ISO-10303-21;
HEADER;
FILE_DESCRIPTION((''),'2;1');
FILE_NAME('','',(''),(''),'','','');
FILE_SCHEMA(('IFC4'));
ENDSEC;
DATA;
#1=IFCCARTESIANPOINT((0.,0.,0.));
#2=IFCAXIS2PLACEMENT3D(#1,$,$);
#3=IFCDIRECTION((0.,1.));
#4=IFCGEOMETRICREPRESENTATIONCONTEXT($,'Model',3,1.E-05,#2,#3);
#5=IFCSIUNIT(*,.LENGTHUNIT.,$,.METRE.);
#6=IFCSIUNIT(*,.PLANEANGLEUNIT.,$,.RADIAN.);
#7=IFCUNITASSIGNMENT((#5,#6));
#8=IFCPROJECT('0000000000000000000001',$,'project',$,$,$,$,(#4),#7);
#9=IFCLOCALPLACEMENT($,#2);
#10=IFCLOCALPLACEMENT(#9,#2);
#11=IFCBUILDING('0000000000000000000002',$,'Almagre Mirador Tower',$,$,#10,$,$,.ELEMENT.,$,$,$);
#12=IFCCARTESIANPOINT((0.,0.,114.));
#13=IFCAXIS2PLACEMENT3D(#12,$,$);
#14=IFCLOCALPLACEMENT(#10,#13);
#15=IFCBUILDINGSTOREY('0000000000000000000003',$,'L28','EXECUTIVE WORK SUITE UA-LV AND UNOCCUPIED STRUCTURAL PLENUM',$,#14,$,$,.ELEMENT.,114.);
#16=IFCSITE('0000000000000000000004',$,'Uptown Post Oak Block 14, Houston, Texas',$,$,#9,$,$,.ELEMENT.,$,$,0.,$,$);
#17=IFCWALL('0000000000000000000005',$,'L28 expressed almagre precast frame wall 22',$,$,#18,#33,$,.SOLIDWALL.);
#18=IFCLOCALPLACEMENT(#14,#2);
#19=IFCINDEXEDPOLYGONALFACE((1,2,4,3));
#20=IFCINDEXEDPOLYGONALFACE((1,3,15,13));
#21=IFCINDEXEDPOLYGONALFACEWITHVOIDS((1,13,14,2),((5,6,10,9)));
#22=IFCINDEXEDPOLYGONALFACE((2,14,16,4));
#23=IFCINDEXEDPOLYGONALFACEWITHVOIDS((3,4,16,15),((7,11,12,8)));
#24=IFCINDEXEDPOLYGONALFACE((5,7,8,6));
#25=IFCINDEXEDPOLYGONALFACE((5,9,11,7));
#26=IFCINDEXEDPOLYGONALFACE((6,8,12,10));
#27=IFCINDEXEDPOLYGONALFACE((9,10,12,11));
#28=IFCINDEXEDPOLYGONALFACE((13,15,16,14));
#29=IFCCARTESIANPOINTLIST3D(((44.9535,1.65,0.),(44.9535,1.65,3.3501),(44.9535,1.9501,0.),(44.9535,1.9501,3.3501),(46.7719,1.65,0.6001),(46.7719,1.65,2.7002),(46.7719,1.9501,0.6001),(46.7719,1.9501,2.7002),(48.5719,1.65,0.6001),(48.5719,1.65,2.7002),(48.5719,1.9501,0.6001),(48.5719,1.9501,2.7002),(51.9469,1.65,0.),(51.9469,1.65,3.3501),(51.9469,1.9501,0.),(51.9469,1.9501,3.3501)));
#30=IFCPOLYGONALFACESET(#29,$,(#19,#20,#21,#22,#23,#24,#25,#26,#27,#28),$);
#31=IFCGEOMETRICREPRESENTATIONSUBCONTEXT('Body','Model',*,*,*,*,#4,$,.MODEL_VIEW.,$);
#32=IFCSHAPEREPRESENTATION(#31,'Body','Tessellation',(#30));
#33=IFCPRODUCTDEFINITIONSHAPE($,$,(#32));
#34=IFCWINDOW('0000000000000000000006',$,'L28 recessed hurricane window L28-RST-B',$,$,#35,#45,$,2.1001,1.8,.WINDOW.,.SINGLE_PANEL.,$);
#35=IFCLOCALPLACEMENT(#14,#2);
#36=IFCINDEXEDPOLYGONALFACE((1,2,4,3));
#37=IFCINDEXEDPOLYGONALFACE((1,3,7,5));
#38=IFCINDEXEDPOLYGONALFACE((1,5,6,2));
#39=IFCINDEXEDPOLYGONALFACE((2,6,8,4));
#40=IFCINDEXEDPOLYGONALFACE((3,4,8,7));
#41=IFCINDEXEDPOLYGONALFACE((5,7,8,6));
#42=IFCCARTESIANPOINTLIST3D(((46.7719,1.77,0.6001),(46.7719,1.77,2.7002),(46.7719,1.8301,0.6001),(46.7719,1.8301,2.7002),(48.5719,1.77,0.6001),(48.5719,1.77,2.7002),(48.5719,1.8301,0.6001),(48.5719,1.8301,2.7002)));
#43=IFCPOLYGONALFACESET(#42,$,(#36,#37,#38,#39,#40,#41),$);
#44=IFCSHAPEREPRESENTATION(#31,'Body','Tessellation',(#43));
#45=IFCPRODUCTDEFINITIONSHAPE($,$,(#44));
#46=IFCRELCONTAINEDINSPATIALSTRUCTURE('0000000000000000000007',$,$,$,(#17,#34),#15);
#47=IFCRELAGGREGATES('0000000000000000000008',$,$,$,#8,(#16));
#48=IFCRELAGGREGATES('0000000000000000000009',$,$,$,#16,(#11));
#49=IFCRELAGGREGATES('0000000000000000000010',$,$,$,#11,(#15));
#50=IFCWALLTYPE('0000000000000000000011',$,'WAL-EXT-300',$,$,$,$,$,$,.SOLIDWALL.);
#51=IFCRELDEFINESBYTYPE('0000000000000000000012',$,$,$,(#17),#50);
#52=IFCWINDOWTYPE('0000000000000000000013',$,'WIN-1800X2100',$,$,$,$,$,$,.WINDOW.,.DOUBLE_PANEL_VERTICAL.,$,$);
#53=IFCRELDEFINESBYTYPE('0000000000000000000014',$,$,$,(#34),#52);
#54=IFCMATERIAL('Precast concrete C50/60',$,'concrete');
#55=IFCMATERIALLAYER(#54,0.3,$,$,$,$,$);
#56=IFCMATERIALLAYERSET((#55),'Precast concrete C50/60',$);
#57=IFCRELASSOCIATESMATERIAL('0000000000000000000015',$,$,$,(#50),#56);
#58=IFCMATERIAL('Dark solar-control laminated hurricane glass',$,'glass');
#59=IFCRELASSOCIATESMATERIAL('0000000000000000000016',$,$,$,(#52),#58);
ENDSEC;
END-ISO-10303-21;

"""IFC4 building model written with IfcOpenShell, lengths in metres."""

from ifc_helpers import new_model, si_unit, direction, frame, frame_2d, origin, place, context, subcontext, project, spatial, rectangle, extrude, material, layer, layer_set, type_object, element, fill, save


model = new_model("IFC4")

# Units and contexts
model_context = context("Model", 3, precision=1e-05, world=origin(), true_north=direction((0.0, 1.0)))
body_context = subcontext(model_context, "Body", "Model", "MODEL_VIEW")
ifc_project = project(units=[si_unit("LENGTHUNIT", "METRE"), si_unit("PLANEANGLEUNIT", "RADIAN")], contexts=[model_context])

# Site, building, storey
site_placement = place(None, origin())
site = spatial("IfcSite", under=ifc_project, at=site_placement, Name="Uptown Post Oak Block 14, Houston, Texas", CompositionType="ELEMENT", RefElevation=0.0)
building_placement = place(site_placement, origin())
building = spatial("IfcBuilding", under=site, at=building_placement, Name="Almagre Mirador Tower", CompositionType="ELEMENT")
storey_placement = place(building_placement, frame((0.0, 0.0, 114.0)))
storey = spatial("IfcBuildingStorey", under=building, at=storey_placement, Name="L28", Description="EXECUTIVE WORK SUITE UA-LV AND UNOCCUPIED STRUCTURAL PLENUM", CompositionType="ELEMENT", Elevation=114.0)

# Shared definitions
ifc_material_1 = material(Name="Precast concrete C50/60", Category="concrete")
ifc_layer = layer(ifc_material_1, 0.3)
ifc_layer_set = layer_set([ifc_layer], Name="Precast concrete C50/60")
wall_type = type_object("IfcWallType", Name="WAL-EXT-300", PredefinedType="SOLIDWALL", material=ifc_layer_set)
ifc_material_2 = material(Name="Dark solar-control laminated hurricane glass", Category="glass")
window_type_1 = type_object("IfcWindowType", Name="WIN-1800X2100", PartitioningType="DOUBLE_PANEL_VERTICAL", PredefinedType="WINDOW", material=ifc_material_2)

# Wall, opening, window
wall_1_placement = place(storey_placement, frame((51.9468, 1.8, 0.0), z_axis=(0.0, 0.0, 1.0), x_axis=(-1.0, 0.0, 0.0)))
wall_1 = element("IfcWall", 1, at=wall_1_placement, inside=storey, type_object=wall_type, Name="L28 expressed almagre precast frame wall 22", PredefinedType="SOLIDWALL", context=body_context, shape_type="SweptSolid", body=[
    extrude(rectangle(XDim=6.9934, YDim=0.3, at=frame_2d((3.4966, 0.0))), origin(), (0.0, 0.0, 1.0), 3.3501),
])
opening_1_placement = place(wall_1_placement, frame((3.375, 0.0, 0.6001)))
opening_1 = element("IfcOpeningElement", 2, at=opening_1_placement, cuts=wall_1, PredefinedType="OPENING", context=body_context, shape_type="SweptSolid", body=[
    extrude(rectangle(XDim=1.8, YDim=2.1001, at=frame_2d((0.8999, 1.05))), frame((0.0, 0.1599, 0.0), z_axis=(0.0, -1.0, 0.0), x_axis=(1.0, 0.0, 0.0)), (0.0, 0.0, 1.0), 0.32),
])
window_1_placement = place(opening_1_placement, origin())
window_1 = element("IfcWindow", 3, at=window_1_placement, inside=storey, type_object=window_type_1, Name="L28 recessed hurricane window L28-RST-B", OverallHeight=2.1001, OverallWidth=1.8, PartitioningType="SINGLE_PANEL", PredefinedType="WINDOW", context=body_context, shape_type="SweptSolid", body=[
    extrude(rectangle(XDim=1.8, YDim=2.1001, at=frame_2d((0.8999, 1.05))), frame((0.0, 0.03, 0.0), z_axis=(0.0, -1.0, 0.0), x_axis=(1.0, 0.0, 0.0)), (0.0, 0.0, 1.0), 0.0601),
])
fill(opening_1, window_1)

save(model, "model.ifc")
